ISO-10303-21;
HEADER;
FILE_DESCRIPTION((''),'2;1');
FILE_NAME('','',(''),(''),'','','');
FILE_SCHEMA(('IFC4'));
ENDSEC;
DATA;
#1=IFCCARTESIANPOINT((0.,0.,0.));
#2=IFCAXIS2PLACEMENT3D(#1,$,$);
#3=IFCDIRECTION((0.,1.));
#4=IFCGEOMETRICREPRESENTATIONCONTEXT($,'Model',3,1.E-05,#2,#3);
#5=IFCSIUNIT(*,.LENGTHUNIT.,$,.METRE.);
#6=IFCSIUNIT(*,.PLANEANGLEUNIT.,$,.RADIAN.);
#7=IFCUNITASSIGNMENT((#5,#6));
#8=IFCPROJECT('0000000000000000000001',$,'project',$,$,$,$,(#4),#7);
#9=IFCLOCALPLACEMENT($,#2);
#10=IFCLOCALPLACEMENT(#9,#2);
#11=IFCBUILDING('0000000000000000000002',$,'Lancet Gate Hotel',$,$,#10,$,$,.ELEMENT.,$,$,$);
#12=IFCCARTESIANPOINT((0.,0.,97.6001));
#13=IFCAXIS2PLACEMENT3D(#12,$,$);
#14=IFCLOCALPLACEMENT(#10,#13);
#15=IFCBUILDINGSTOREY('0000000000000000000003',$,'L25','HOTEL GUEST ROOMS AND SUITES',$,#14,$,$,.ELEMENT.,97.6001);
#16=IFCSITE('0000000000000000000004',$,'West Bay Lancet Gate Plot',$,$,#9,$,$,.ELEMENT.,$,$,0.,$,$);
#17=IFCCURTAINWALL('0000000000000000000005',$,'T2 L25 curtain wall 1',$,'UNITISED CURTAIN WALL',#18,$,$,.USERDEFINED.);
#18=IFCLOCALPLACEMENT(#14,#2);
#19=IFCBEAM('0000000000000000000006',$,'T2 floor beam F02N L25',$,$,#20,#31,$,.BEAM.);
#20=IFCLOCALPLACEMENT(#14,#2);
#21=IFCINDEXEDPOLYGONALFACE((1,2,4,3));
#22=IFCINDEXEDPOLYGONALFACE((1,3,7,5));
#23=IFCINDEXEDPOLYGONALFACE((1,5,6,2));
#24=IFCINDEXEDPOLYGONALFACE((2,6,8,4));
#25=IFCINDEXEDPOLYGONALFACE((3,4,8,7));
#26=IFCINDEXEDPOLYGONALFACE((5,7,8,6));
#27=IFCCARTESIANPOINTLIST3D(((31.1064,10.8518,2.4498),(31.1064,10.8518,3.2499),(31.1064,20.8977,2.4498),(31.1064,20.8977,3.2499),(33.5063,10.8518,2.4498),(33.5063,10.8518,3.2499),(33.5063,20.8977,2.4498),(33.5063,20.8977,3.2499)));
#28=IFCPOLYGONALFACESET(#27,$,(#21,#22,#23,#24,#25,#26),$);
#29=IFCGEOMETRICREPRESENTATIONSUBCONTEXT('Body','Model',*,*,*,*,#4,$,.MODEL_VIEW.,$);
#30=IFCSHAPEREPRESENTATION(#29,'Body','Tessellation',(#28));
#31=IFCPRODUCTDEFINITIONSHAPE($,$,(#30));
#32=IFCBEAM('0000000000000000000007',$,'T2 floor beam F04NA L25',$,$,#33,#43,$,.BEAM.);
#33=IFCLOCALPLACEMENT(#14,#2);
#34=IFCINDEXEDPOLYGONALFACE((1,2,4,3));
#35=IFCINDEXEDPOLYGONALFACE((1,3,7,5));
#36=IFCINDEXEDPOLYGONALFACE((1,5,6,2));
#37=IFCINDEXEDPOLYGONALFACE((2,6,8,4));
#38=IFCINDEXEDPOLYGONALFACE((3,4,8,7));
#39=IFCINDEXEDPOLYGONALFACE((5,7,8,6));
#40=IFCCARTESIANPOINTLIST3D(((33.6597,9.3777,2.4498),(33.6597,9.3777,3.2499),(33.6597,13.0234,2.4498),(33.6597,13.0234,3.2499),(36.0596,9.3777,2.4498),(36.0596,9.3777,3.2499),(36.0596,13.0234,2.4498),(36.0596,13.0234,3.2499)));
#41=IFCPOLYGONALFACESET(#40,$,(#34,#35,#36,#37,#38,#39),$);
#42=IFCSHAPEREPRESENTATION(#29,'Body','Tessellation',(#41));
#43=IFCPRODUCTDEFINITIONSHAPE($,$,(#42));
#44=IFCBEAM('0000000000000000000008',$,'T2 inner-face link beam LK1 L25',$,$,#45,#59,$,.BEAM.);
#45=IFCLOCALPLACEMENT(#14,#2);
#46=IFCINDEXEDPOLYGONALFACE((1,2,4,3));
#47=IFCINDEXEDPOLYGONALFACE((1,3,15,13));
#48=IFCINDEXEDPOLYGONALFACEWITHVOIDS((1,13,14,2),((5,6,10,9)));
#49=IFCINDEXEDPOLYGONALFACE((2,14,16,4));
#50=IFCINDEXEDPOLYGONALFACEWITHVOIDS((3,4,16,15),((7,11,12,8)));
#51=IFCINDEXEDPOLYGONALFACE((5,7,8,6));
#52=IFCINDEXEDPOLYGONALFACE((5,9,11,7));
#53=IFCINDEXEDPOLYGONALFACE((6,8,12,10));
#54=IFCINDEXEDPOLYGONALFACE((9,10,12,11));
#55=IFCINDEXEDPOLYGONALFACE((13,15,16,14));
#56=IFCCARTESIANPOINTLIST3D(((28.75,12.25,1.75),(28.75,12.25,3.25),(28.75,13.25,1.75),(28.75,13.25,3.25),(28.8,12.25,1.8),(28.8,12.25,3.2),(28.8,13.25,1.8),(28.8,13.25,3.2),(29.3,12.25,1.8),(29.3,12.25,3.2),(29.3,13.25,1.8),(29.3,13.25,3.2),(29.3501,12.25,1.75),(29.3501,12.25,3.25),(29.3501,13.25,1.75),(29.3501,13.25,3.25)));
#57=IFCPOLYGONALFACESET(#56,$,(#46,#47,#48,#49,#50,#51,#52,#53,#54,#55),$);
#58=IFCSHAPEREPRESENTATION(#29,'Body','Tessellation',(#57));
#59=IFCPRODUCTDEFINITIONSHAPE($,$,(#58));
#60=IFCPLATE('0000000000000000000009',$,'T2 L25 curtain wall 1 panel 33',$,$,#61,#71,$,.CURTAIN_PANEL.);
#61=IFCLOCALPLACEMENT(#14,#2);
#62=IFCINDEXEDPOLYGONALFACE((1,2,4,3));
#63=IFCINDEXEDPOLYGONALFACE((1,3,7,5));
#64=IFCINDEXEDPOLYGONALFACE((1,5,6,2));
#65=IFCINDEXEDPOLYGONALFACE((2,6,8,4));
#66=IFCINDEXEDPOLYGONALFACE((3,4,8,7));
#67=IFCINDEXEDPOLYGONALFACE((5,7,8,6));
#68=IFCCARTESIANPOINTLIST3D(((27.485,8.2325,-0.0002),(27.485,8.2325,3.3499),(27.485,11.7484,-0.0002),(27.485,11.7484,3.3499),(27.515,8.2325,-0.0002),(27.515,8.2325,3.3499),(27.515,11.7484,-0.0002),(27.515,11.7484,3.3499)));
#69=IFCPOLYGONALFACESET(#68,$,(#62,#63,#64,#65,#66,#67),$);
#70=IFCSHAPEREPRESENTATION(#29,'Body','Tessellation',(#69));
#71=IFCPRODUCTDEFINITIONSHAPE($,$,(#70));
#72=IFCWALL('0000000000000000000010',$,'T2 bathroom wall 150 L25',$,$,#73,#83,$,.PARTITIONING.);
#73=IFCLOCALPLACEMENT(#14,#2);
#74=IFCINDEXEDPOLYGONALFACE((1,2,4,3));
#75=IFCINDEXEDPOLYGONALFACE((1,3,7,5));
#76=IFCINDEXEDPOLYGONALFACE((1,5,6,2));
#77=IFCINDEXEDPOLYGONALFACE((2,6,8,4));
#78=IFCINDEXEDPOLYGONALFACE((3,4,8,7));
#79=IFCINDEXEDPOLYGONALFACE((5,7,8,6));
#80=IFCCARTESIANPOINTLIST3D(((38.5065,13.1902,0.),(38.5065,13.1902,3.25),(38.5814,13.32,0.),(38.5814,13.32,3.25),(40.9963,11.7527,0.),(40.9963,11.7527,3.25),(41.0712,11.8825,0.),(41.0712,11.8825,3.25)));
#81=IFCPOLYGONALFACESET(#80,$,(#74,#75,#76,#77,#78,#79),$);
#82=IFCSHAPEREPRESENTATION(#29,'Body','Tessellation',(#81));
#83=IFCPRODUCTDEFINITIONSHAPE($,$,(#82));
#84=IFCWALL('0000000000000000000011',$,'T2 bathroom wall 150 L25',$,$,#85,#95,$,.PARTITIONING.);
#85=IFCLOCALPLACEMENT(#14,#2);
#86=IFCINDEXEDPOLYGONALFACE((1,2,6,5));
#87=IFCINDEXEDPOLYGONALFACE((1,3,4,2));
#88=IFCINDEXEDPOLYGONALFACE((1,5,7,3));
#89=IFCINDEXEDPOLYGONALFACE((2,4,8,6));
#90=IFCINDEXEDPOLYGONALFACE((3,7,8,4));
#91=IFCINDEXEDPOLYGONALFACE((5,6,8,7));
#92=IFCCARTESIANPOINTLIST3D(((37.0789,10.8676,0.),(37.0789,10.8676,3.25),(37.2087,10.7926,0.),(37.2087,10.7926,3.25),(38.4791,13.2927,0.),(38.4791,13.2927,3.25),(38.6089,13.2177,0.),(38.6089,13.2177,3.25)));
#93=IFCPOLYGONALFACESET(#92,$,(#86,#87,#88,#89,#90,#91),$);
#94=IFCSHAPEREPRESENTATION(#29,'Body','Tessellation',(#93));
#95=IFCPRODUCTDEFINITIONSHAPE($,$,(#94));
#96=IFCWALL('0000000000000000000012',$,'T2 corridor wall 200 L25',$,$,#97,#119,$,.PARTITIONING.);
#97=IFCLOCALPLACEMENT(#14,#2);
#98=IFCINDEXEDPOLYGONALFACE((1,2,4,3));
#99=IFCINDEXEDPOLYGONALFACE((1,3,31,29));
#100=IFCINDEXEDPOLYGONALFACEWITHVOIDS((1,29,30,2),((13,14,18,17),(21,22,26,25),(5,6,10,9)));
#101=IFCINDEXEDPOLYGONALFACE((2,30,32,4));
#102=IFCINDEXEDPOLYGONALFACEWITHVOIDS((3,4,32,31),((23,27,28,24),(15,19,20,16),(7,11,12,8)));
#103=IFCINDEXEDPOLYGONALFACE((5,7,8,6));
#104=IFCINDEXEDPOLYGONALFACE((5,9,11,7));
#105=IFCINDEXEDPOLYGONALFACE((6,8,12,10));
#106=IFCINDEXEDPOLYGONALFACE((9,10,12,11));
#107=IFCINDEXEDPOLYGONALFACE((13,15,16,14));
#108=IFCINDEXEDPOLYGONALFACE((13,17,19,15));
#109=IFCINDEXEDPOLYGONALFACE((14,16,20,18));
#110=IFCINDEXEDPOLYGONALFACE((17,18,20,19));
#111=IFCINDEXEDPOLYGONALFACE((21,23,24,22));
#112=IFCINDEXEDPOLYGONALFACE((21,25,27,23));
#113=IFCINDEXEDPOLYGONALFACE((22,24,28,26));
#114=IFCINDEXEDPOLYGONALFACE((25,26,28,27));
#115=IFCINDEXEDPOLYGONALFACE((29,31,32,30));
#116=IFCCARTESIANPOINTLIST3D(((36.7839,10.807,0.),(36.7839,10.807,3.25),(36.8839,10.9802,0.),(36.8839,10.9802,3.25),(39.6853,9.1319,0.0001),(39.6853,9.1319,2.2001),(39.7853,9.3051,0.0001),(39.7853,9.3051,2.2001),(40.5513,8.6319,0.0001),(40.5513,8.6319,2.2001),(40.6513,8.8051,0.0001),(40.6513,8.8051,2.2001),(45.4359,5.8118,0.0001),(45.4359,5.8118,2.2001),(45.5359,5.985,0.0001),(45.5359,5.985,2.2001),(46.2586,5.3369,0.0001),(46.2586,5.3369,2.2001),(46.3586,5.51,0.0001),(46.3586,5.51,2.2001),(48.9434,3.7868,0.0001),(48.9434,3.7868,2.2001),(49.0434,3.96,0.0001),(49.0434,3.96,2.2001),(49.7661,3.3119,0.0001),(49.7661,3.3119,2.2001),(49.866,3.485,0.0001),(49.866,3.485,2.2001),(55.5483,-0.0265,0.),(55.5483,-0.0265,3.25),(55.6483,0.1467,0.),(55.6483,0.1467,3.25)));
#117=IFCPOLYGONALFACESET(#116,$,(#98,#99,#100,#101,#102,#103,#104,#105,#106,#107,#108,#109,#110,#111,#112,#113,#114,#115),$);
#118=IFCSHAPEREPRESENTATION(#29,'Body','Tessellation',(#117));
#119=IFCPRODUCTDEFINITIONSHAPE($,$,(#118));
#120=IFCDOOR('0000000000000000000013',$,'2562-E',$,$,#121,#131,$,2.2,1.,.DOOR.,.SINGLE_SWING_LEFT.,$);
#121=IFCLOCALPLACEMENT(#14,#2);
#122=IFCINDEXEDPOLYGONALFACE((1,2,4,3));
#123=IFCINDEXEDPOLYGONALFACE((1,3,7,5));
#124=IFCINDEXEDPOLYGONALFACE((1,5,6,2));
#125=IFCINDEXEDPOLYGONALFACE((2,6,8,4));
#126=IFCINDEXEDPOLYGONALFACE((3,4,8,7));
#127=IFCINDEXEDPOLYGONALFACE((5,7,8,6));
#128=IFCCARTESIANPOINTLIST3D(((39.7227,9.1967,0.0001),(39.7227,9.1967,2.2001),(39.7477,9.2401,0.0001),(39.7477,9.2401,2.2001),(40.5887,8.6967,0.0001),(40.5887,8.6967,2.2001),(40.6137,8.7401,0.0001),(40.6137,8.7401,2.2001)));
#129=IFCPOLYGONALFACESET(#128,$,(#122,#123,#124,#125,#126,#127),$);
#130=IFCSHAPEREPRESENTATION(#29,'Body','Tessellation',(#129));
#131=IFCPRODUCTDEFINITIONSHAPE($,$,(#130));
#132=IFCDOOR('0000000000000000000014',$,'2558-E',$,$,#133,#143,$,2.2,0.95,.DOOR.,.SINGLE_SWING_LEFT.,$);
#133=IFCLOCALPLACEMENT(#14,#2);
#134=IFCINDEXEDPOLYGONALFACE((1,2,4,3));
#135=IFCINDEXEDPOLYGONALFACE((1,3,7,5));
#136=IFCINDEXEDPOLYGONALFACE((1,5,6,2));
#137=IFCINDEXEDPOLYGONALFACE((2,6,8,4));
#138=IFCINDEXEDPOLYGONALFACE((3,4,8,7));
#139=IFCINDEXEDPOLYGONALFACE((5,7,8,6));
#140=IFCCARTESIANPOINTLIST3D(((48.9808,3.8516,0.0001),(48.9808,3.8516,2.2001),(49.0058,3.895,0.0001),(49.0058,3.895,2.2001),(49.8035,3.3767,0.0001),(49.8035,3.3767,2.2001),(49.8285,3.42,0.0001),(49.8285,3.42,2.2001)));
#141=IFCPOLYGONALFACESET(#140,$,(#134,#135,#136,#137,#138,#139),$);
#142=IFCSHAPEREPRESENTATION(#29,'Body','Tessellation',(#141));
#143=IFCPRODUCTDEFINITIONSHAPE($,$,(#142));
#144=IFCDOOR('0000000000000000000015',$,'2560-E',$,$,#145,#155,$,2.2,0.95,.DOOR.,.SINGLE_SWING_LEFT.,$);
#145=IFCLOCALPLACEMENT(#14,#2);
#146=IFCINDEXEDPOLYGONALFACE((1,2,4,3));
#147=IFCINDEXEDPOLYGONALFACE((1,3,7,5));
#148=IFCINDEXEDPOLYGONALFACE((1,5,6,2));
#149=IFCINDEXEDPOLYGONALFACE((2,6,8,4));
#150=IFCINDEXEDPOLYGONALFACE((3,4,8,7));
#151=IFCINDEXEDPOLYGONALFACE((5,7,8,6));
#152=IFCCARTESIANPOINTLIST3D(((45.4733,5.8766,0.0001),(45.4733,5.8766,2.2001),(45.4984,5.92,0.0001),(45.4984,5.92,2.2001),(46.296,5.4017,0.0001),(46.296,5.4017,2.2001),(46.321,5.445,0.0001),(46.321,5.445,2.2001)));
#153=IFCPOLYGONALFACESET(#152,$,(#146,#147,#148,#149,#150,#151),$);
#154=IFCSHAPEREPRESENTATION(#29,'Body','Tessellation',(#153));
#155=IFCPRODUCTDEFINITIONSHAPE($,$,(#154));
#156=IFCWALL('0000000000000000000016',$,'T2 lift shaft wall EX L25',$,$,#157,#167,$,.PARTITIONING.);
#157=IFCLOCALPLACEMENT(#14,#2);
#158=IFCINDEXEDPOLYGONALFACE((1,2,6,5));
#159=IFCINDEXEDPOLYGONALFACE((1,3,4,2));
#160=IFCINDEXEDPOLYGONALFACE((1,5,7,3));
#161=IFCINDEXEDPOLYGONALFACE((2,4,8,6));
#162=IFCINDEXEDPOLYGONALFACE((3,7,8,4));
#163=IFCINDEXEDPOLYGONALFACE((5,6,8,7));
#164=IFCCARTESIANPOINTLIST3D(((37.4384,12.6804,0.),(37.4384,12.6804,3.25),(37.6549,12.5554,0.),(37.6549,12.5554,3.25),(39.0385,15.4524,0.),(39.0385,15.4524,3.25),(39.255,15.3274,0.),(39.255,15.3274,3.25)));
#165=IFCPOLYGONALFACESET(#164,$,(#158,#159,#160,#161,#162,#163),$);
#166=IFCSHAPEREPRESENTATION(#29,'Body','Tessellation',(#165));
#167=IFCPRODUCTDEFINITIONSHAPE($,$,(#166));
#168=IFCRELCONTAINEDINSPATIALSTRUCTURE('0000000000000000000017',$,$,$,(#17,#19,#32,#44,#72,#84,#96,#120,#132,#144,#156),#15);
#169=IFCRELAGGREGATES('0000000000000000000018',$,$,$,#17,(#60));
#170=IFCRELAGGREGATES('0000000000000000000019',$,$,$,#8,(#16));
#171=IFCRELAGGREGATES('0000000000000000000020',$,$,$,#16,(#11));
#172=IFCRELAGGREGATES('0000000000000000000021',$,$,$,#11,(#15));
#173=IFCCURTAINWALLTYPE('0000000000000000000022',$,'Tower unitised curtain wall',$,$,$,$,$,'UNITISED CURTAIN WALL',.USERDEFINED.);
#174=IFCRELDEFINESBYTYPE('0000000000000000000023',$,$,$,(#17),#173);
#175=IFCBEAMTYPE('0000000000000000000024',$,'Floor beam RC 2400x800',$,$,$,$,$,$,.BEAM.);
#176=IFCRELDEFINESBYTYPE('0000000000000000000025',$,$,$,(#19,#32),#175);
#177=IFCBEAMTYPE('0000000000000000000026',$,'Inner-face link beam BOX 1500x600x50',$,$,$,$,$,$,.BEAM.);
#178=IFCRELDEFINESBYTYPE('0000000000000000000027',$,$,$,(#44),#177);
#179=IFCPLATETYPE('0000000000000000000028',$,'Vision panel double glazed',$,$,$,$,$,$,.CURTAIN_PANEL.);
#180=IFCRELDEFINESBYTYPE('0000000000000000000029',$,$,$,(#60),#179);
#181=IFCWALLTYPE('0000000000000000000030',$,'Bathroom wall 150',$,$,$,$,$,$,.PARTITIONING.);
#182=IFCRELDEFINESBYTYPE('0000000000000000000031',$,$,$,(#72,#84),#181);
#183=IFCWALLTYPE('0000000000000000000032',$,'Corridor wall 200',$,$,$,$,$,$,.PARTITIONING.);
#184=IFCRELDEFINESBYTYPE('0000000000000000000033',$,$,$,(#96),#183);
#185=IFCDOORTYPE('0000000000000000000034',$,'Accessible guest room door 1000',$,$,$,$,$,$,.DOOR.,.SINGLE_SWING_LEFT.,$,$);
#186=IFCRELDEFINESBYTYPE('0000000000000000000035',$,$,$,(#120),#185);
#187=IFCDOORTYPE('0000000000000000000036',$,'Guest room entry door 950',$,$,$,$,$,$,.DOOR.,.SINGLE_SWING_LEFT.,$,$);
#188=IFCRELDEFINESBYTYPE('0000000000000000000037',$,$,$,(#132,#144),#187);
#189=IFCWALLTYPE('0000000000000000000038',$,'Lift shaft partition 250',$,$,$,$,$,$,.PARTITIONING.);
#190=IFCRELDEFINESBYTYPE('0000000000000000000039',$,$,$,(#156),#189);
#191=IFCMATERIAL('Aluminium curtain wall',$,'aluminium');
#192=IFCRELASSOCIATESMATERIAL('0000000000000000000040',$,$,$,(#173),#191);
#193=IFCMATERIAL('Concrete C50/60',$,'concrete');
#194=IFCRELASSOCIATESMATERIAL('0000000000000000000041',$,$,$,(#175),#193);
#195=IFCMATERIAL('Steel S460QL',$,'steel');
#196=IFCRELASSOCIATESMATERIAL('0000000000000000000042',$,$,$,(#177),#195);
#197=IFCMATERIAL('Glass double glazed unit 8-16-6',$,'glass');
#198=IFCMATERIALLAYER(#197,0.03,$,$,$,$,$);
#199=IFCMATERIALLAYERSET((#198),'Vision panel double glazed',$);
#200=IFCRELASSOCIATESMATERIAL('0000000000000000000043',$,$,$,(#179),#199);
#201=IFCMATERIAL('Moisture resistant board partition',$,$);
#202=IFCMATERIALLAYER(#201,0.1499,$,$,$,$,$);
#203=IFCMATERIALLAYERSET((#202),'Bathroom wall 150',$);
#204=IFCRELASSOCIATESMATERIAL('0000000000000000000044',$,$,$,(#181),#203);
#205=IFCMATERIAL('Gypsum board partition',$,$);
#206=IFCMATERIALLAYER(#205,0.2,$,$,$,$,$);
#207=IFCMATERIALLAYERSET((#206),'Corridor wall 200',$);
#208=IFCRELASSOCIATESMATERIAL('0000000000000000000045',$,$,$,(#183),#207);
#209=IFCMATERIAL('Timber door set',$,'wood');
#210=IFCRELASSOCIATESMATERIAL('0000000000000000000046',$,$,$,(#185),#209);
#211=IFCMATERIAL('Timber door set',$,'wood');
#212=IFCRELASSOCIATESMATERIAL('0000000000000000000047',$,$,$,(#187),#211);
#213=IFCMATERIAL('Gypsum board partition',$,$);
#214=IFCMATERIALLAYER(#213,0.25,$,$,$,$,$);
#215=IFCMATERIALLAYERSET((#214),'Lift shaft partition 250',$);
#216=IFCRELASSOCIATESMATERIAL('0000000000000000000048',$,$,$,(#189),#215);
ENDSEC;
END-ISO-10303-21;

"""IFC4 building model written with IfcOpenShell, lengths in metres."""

from ifc_helpers import new_model, si_unit, direction, frame, frame_2d, origin, origin_2d, place, context, subcontext, project, spatial, rectangle, hollow_rectangle, extrude, material, layer, layer_set, material_profile, profile_set, type_object, element, fill, aggregate, save


model = new_model("IFC4")

# Units and contexts
model_context = context("Model", 3, precision=1e-05, world=origin(), true_north=direction((0.0, 1.0)))
body_context = subcontext(model_context, "Body", "Model", "MODEL_VIEW")
ifc_project = project(units=[si_unit("LENGTHUNIT", "METRE"), si_unit("PLANEANGLEUNIT", "RADIAN")], contexts=[model_context])

# Site, building, storey
site_placement = place(None, origin())
site = spatial("IfcSite", under=ifc_project, at=site_placement, Name="West Bay Lancet Gate Plot", CompositionType="ELEMENT", RefElevation=0.0)
building_placement = place(site_placement, origin())
building = spatial("IfcBuilding", under=site, at=building_placement, Name="Lancet Gate Hotel", CompositionType="ELEMENT")
storey_placement = place(building_placement, frame((0.0, 0.0, 97.6001)))
storey = spatial("IfcBuildingStorey", under=building, at=storey_placement, Name="L25", Description="HOTEL GUEST ROOMS AND SUITES", CompositionType="ELEMENT", Elevation=97.6001)

# Curtain wall
ifc_material_1 = material(Name="Aluminium curtain wall", Category="aluminium")
curtain_wall_type = type_object("IfcCurtainWallType", Name="Tower unitised curtain wall", ElementType="UNITISED CURTAIN WALL", PredefinedType="USERDEFINED", material=ifc_material_1)
curtain_wall_placement = place(storey_placement, origin())
curtain_wall = element("IfcCurtainWall", 1, at=curtain_wall_placement, inside=storey, type_object=curtain_wall_type, Name="T2 L25 curtain wall 1", ObjectType="UNITISED CURTAIN WALL", PredefinedType="USERDEFINED")

# Beams
ifc_material_2 = material(Name="Concrete C50/60", Category="concrete")
ifc_material_profile_1 = material_profile(ifc_material_2, rectangle(XDim=2.3999, YDim=0.8, at=origin_2d()), Name="RC 2400x800")
ifc_profile_set_1 = profile_set([ifc_material_profile_1], Name="Concrete C50/60")
beam_type_1 = type_object("IfcBeamType", Name="Floor beam RC 2400x800", PredefinedType="BEAM", material=ifc_profile_set_1)
beam_1_placement = place(storey_placement, frame((32.3064, 10.8518, 2.8499), z_axis=(0.0, 1.0, 0.0), x_axis=(-1.0, 0.0, 0.0)))
element("IfcBeam", 2, at=beam_1_placement, inside=storey, type_object=beam_type_1, Name="T2 floor beam F02N L25", PredefinedType="BEAM", context=body_context, shape_type="SweptSolid", body=[
    extrude(rectangle(XDim=2.3999, YDim=0.8, at=origin_2d()), origin(), (0.0, 0.0, 1.0), 10.0459),
])
beam_2_placement = place(storey_placement, frame((34.8596, 9.3777, 2.8499), z_axis=(0.0, 1.0, 0.0), x_axis=(-1.0, 0.0, 0.0)))
element("IfcBeam", 3, at=beam_2_placement, inside=storey, type_object=beam_type_1, Name="T2 floor beam F04NA L25", PredefinedType="BEAM", context=body_context, shape_type="SweptSolid", body=[
    extrude(rectangle(XDim=2.3999, YDim=0.8, at=origin_2d()), origin(), (0.0, 0.0, 1.0), 3.6458),
])
ifc_material_3 = material(Name="Steel S460QL", Category="steel")
ifc_material_profile_2 = material_profile(ifc_material_3, hollow_rectangle(XDim=0.6001, YDim=1.5, WallThickness=0.05, at=origin_2d()), Name="BOX 1500x600x50")
ifc_profile_set_2 = profile_set([ifc_material_profile_2], Name="Steel S460QL")
beam_type_2 = type_object("IfcBeamType", Name="Inner-face link beam BOX 1500x600x50", PredefinedType="BEAM", material=ifc_profile_set_2)
beam_3_placement = place(storey_placement, frame((29.05, 12.25, 2.5), z_axis=(0.0, 1.0, 0.0), x_axis=(-1.0, 0.0, 0.0)))
element("IfcBeam", 4, at=beam_3_placement, inside=storey, type_object=beam_type_2, Name="T2 inner-face link beam LK1 L25", PredefinedType="BEAM", context=body_context, shape_type="SweptSolid", body=[
    extrude(hollow_rectangle(XDim=0.6001, YDim=1.5, WallThickness=0.05, at=origin_2d()), origin(), (0.0, 0.0, 1.0), 1.0),
])

# Plate
ifc_material_4 = material(Name="Glass double glazed unit 8-16-6", Category="glass")
ifc_layer_1 = layer(ifc_material_4, 0.03)
ifc_layer_set_1 = layer_set([ifc_layer_1], Name="Vision panel double glazed")
plate_type = type_object("IfcPlateType", Name="Vision panel double glazed", PredefinedType="CURTAIN_PANEL", material=ifc_layer_set_1)
plate_placement = place(storey_placement, frame((27.5, 9.9905, -0.0002), z_axis=(0.0, 0.0, 1.0), x_axis=(0.0, -1.0, 0.0)))
plate = element("IfcPlate", 5, at=plate_placement, type_object=plate_type, Name="T2 L25 curtain wall 1 panel 33", PredefinedType="CURTAIN_PANEL", context=body_context, shape_type="SweptSolid", body=[
    extrude(rectangle(XDim=3.5159, YDim=0.03, at=origin_2d()), origin(), (0.0, 0.0, 1.0), 3.3501),
])
aggregate(curtain_wall, [plate])

# Walls
ifc_material_5 = material(Name="Moisture resistant board partition")
ifc_layer_2 = layer(ifc_material_5, 0.1499)
ifc_layer_set_2 = layer_set([ifc_layer_2], Name="Bathroom wall 150")
wall_type_1 = type_object("IfcWallType", Name="Bathroom wall 150", PredefinedType="PARTITIONING", material=ifc_layer_set_2)
wall_1_placement = place(storey_placement, frame((38.5439, 13.2551, 0.0), z_axis=(0.0, 0.0, 1.0), x_axis=(0.866019, -0.500012, 0.0)))
element("IfcWall", 6, at=wall_1_placement, inside=storey, type_object=wall_type_1, Name="T2 bathroom wall 150 L25", PredefinedType="PARTITIONING", context=body_context, shape_type="SweptSolid", body=[
    extrude(rectangle(XDim=2.875, YDim=0.1499, at=frame_2d((1.4375, 0.0))), origin(), (0.0, 0.0, 1.0), 3.25),
])
wall_2_placement = place(storey_placement, frame((37.1438, 10.8301, 0.0), z_axis=(0.0, 0.0, 1.0), x_axis=(0.500012, 0.866019, 0.0)))
element("IfcWall", 7, at=wall_2_placement, inside=storey, type_object=wall_type_1, Name="T2 bathroom wall 150 L25", PredefinedType="PARTITIONING", context=body_context, shape_type="SweptSolid", body=[
    extrude(rectangle(XDim=2.8003, YDim=0.1499, at=frame_2d((1.4001, 0.0))), origin(), (0.0, 0.0, 1.0), 3.25),
])

# Wall, openings, doors
ifc_material_6 = material(Name="Gypsum board partition")
ifc_layer_3 = layer(ifc_material_6, 0.2)
ifc_layer_set_3 = layer_set([ifc_layer_3], Name="Corridor wall 200")
wall_type_2 = type_object("IfcWallType", Name="Corridor wall 200", PredefinedType="PARTITIONING", material=ifc_layer_set_3)
wall_3_placement = place(storey_placement, frame((36.834, 10.8936, 0.0), z_axis=(0.0, 0.0, 1.0), x_axis=(0.866028, -0.499995, 0.0)))
wall_3 = element("IfcWall", 8, at=wall_3_placement, inside=storey, type_object=wall_type_2, Name="T2 corridor wall 200 L25", PredefinedType="PARTITIONING", context=body_context, shape_type="SweptSolid", body=[
    extrude(rectangle(XDim=21.6672, YDim=0.2, at=frame_2d((10.8335, 0.0))), origin(), (0.0, 0.0, 1.0), 3.25),
])
opening_1_placement = place(wall_3_placement, frame((14.0403, 0.0, 0.0)))
opening_1 = element("IfcOpeningElement", 9, at=opening_1_placement, cuts=wall_3, PredefinedType="OPENING", context=body_context, shape_type="SweptSolid", body=[
    extrude(rectangle(XDim=0.95, YDim=2.2, at=frame_2d((0.4751, 1.1001))), frame((0.0, 0.1099, 0.0), z_axis=(0.0, -1.0, 0.0), x_axis=(1.0, 0.0, 0.0)), (0.0, 0.0, 1.0), 0.22),
])
opening_2_placement = place(wall_3_placement, frame((9.9902, 0.0, 0.0)))
opening_2 = element("IfcOpeningElement", 10, at=opening_2_placement, cuts=wall_3, PredefinedType="OPENING", context=body_context, shape_type="SweptSolid", body=[
    extrude(rectangle(XDim=0.95, YDim=2.2, at=frame_2d((0.4751, 1.1001))), frame((0.0, 0.1099, 0.0), z_axis=(0.0, -1.0, 0.0), x_axis=(1.0, 0.0, 0.0)), (0.0, 0.0, 1.0), 0.22),
])
opening_3_placement = place(wall_3_placement, frame((3.3501, 0.0, 0.0)))
opening_3 = element("IfcOpeningElement", 11, at=opening_3_placement, cuts=wall_3, PredefinedType="OPENING", context=body_context, shape_type="SweptSolid", body=[
    extrude(rectangle(XDim=1.0, YDim=2.2, at=frame_2d((0.5, 1.1001))), frame((0.0, 0.1099, 0.0), z_axis=(0.0, -1.0, 0.0), x_axis=(1.0, 0.0, 0.0)), (0.0, 0.0, 1.0), 0.22),
])
ifc_material_7 = material(Name="Timber door set", Category="wood")
door_type_1 = type_object("IfcDoorType", Name="Accessible guest room door 1000", OperationType="SINGLE_SWING_LEFT", PredefinedType="DOOR", material=ifc_material_7)
door_1_placement = place(opening_3_placement, origin())
door_1 = element("IfcDoor", 12, at=door_1_placement, inside=storey, type_object=door_type_1, Name="2562-E", OperationType="SINGLE_SWING_LEFT", OverallHeight=2.2, OverallWidth=1.0, PredefinedType="DOOR", context=body_context, shape_type="SweptSolid", body=[
    extrude(rectangle(XDim=1.0, YDim=2.2, at=frame_2d((0.5, 1.1001))), frame((0.0, 0.0249, 0.0), z_axis=(0.0, -1.0, 0.0), x_axis=(1.0, 0.0, 0.0)), (0.0, 0.0, 1.0), 0.05),
])
fill(opening_3, door_1)
ifc_material_8 = material(Name="Timber door set", Category="wood")
door_type_2 = type_object("IfcDoorType", Name="Guest room entry door 950", OperationType="SINGLE_SWING_LEFT", PredefinedType="DOOR", material=ifc_material_8)
door_2_placement = place(opening_1_placement, origin())
door_2 = element("IfcDoor", 13, at=door_2_placement, inside=storey, type_object=door_type_2, Name="2558-E", OperationType="SINGLE_SWING_LEFT", OverallHeight=2.2, OverallWidth=0.95, PredefinedType="DOOR", context=body_context, shape_type="SweptSolid", body=[
    extrude(rectangle(XDim=0.95, YDim=2.2, at=frame_2d((0.4751, 1.1001))), frame((0.0, 0.0249, 0.0), z_axis=(0.0, -1.0, 0.0), x_axis=(1.0, 0.0, 0.0)), (0.0, 0.0, 1.0), 0.05),
])
fill(opening_1, door_2)
door_3_placement = place(opening_2_placement, origin())
door_3 = element("IfcDoor", 14, at=door_3_placement, inside=storey, type_object=door_type_2, Name="2560-E", OperationType="SINGLE_SWING_LEFT", OverallHeight=2.2, OverallWidth=0.95, PredefinedType="DOOR", context=body_context, shape_type="SweptSolid", body=[
    extrude(rectangle(XDim=0.95, YDim=2.2, at=frame_2d((0.4751, 1.1001))), frame((0.0, 0.0249, 0.0), z_axis=(0.0, -1.0, 0.0), x_axis=(1.0, 0.0, 0.0)), (0.0, 0.0, 1.0), 0.05),
])
fill(opening_2, door_3)

# Wall
ifc_material_9 = material(Name="Gypsum board partition")
ifc_layer_4 = layer(ifc_material_9, 0.25)
ifc_layer_set_4 = layer_set([ifc_layer_4], Name="Lift shaft partition 250")
wall_type_3 = type_object("IfcWallType", Name="Lift shaft partition 250", PredefinedType="PARTITIONING", material=ifc_layer_set_4)
wall_4_placement = place(storey_placement, frame((37.5466, 12.6179, 0.0), z_axis=(0.0, 0.0, 1.0), x_axis=(0.499929, 0.866066, 0.0)))
element("IfcWall", 15, at=wall_4_placement, inside=storey, type_object=wall_type_3, Name="T2 lift shaft wall EX L25", PredefinedType="PARTITIONING", context=body_context, shape_type="SweptSolid", body=[
    extrude(rectangle(XDim=3.2007, YDim=0.25, at=frame_2d((1.6003, 0.0))), origin(), (0.0, 0.0, 1.0), 3.25),
])

save(model, "model.ifc")
